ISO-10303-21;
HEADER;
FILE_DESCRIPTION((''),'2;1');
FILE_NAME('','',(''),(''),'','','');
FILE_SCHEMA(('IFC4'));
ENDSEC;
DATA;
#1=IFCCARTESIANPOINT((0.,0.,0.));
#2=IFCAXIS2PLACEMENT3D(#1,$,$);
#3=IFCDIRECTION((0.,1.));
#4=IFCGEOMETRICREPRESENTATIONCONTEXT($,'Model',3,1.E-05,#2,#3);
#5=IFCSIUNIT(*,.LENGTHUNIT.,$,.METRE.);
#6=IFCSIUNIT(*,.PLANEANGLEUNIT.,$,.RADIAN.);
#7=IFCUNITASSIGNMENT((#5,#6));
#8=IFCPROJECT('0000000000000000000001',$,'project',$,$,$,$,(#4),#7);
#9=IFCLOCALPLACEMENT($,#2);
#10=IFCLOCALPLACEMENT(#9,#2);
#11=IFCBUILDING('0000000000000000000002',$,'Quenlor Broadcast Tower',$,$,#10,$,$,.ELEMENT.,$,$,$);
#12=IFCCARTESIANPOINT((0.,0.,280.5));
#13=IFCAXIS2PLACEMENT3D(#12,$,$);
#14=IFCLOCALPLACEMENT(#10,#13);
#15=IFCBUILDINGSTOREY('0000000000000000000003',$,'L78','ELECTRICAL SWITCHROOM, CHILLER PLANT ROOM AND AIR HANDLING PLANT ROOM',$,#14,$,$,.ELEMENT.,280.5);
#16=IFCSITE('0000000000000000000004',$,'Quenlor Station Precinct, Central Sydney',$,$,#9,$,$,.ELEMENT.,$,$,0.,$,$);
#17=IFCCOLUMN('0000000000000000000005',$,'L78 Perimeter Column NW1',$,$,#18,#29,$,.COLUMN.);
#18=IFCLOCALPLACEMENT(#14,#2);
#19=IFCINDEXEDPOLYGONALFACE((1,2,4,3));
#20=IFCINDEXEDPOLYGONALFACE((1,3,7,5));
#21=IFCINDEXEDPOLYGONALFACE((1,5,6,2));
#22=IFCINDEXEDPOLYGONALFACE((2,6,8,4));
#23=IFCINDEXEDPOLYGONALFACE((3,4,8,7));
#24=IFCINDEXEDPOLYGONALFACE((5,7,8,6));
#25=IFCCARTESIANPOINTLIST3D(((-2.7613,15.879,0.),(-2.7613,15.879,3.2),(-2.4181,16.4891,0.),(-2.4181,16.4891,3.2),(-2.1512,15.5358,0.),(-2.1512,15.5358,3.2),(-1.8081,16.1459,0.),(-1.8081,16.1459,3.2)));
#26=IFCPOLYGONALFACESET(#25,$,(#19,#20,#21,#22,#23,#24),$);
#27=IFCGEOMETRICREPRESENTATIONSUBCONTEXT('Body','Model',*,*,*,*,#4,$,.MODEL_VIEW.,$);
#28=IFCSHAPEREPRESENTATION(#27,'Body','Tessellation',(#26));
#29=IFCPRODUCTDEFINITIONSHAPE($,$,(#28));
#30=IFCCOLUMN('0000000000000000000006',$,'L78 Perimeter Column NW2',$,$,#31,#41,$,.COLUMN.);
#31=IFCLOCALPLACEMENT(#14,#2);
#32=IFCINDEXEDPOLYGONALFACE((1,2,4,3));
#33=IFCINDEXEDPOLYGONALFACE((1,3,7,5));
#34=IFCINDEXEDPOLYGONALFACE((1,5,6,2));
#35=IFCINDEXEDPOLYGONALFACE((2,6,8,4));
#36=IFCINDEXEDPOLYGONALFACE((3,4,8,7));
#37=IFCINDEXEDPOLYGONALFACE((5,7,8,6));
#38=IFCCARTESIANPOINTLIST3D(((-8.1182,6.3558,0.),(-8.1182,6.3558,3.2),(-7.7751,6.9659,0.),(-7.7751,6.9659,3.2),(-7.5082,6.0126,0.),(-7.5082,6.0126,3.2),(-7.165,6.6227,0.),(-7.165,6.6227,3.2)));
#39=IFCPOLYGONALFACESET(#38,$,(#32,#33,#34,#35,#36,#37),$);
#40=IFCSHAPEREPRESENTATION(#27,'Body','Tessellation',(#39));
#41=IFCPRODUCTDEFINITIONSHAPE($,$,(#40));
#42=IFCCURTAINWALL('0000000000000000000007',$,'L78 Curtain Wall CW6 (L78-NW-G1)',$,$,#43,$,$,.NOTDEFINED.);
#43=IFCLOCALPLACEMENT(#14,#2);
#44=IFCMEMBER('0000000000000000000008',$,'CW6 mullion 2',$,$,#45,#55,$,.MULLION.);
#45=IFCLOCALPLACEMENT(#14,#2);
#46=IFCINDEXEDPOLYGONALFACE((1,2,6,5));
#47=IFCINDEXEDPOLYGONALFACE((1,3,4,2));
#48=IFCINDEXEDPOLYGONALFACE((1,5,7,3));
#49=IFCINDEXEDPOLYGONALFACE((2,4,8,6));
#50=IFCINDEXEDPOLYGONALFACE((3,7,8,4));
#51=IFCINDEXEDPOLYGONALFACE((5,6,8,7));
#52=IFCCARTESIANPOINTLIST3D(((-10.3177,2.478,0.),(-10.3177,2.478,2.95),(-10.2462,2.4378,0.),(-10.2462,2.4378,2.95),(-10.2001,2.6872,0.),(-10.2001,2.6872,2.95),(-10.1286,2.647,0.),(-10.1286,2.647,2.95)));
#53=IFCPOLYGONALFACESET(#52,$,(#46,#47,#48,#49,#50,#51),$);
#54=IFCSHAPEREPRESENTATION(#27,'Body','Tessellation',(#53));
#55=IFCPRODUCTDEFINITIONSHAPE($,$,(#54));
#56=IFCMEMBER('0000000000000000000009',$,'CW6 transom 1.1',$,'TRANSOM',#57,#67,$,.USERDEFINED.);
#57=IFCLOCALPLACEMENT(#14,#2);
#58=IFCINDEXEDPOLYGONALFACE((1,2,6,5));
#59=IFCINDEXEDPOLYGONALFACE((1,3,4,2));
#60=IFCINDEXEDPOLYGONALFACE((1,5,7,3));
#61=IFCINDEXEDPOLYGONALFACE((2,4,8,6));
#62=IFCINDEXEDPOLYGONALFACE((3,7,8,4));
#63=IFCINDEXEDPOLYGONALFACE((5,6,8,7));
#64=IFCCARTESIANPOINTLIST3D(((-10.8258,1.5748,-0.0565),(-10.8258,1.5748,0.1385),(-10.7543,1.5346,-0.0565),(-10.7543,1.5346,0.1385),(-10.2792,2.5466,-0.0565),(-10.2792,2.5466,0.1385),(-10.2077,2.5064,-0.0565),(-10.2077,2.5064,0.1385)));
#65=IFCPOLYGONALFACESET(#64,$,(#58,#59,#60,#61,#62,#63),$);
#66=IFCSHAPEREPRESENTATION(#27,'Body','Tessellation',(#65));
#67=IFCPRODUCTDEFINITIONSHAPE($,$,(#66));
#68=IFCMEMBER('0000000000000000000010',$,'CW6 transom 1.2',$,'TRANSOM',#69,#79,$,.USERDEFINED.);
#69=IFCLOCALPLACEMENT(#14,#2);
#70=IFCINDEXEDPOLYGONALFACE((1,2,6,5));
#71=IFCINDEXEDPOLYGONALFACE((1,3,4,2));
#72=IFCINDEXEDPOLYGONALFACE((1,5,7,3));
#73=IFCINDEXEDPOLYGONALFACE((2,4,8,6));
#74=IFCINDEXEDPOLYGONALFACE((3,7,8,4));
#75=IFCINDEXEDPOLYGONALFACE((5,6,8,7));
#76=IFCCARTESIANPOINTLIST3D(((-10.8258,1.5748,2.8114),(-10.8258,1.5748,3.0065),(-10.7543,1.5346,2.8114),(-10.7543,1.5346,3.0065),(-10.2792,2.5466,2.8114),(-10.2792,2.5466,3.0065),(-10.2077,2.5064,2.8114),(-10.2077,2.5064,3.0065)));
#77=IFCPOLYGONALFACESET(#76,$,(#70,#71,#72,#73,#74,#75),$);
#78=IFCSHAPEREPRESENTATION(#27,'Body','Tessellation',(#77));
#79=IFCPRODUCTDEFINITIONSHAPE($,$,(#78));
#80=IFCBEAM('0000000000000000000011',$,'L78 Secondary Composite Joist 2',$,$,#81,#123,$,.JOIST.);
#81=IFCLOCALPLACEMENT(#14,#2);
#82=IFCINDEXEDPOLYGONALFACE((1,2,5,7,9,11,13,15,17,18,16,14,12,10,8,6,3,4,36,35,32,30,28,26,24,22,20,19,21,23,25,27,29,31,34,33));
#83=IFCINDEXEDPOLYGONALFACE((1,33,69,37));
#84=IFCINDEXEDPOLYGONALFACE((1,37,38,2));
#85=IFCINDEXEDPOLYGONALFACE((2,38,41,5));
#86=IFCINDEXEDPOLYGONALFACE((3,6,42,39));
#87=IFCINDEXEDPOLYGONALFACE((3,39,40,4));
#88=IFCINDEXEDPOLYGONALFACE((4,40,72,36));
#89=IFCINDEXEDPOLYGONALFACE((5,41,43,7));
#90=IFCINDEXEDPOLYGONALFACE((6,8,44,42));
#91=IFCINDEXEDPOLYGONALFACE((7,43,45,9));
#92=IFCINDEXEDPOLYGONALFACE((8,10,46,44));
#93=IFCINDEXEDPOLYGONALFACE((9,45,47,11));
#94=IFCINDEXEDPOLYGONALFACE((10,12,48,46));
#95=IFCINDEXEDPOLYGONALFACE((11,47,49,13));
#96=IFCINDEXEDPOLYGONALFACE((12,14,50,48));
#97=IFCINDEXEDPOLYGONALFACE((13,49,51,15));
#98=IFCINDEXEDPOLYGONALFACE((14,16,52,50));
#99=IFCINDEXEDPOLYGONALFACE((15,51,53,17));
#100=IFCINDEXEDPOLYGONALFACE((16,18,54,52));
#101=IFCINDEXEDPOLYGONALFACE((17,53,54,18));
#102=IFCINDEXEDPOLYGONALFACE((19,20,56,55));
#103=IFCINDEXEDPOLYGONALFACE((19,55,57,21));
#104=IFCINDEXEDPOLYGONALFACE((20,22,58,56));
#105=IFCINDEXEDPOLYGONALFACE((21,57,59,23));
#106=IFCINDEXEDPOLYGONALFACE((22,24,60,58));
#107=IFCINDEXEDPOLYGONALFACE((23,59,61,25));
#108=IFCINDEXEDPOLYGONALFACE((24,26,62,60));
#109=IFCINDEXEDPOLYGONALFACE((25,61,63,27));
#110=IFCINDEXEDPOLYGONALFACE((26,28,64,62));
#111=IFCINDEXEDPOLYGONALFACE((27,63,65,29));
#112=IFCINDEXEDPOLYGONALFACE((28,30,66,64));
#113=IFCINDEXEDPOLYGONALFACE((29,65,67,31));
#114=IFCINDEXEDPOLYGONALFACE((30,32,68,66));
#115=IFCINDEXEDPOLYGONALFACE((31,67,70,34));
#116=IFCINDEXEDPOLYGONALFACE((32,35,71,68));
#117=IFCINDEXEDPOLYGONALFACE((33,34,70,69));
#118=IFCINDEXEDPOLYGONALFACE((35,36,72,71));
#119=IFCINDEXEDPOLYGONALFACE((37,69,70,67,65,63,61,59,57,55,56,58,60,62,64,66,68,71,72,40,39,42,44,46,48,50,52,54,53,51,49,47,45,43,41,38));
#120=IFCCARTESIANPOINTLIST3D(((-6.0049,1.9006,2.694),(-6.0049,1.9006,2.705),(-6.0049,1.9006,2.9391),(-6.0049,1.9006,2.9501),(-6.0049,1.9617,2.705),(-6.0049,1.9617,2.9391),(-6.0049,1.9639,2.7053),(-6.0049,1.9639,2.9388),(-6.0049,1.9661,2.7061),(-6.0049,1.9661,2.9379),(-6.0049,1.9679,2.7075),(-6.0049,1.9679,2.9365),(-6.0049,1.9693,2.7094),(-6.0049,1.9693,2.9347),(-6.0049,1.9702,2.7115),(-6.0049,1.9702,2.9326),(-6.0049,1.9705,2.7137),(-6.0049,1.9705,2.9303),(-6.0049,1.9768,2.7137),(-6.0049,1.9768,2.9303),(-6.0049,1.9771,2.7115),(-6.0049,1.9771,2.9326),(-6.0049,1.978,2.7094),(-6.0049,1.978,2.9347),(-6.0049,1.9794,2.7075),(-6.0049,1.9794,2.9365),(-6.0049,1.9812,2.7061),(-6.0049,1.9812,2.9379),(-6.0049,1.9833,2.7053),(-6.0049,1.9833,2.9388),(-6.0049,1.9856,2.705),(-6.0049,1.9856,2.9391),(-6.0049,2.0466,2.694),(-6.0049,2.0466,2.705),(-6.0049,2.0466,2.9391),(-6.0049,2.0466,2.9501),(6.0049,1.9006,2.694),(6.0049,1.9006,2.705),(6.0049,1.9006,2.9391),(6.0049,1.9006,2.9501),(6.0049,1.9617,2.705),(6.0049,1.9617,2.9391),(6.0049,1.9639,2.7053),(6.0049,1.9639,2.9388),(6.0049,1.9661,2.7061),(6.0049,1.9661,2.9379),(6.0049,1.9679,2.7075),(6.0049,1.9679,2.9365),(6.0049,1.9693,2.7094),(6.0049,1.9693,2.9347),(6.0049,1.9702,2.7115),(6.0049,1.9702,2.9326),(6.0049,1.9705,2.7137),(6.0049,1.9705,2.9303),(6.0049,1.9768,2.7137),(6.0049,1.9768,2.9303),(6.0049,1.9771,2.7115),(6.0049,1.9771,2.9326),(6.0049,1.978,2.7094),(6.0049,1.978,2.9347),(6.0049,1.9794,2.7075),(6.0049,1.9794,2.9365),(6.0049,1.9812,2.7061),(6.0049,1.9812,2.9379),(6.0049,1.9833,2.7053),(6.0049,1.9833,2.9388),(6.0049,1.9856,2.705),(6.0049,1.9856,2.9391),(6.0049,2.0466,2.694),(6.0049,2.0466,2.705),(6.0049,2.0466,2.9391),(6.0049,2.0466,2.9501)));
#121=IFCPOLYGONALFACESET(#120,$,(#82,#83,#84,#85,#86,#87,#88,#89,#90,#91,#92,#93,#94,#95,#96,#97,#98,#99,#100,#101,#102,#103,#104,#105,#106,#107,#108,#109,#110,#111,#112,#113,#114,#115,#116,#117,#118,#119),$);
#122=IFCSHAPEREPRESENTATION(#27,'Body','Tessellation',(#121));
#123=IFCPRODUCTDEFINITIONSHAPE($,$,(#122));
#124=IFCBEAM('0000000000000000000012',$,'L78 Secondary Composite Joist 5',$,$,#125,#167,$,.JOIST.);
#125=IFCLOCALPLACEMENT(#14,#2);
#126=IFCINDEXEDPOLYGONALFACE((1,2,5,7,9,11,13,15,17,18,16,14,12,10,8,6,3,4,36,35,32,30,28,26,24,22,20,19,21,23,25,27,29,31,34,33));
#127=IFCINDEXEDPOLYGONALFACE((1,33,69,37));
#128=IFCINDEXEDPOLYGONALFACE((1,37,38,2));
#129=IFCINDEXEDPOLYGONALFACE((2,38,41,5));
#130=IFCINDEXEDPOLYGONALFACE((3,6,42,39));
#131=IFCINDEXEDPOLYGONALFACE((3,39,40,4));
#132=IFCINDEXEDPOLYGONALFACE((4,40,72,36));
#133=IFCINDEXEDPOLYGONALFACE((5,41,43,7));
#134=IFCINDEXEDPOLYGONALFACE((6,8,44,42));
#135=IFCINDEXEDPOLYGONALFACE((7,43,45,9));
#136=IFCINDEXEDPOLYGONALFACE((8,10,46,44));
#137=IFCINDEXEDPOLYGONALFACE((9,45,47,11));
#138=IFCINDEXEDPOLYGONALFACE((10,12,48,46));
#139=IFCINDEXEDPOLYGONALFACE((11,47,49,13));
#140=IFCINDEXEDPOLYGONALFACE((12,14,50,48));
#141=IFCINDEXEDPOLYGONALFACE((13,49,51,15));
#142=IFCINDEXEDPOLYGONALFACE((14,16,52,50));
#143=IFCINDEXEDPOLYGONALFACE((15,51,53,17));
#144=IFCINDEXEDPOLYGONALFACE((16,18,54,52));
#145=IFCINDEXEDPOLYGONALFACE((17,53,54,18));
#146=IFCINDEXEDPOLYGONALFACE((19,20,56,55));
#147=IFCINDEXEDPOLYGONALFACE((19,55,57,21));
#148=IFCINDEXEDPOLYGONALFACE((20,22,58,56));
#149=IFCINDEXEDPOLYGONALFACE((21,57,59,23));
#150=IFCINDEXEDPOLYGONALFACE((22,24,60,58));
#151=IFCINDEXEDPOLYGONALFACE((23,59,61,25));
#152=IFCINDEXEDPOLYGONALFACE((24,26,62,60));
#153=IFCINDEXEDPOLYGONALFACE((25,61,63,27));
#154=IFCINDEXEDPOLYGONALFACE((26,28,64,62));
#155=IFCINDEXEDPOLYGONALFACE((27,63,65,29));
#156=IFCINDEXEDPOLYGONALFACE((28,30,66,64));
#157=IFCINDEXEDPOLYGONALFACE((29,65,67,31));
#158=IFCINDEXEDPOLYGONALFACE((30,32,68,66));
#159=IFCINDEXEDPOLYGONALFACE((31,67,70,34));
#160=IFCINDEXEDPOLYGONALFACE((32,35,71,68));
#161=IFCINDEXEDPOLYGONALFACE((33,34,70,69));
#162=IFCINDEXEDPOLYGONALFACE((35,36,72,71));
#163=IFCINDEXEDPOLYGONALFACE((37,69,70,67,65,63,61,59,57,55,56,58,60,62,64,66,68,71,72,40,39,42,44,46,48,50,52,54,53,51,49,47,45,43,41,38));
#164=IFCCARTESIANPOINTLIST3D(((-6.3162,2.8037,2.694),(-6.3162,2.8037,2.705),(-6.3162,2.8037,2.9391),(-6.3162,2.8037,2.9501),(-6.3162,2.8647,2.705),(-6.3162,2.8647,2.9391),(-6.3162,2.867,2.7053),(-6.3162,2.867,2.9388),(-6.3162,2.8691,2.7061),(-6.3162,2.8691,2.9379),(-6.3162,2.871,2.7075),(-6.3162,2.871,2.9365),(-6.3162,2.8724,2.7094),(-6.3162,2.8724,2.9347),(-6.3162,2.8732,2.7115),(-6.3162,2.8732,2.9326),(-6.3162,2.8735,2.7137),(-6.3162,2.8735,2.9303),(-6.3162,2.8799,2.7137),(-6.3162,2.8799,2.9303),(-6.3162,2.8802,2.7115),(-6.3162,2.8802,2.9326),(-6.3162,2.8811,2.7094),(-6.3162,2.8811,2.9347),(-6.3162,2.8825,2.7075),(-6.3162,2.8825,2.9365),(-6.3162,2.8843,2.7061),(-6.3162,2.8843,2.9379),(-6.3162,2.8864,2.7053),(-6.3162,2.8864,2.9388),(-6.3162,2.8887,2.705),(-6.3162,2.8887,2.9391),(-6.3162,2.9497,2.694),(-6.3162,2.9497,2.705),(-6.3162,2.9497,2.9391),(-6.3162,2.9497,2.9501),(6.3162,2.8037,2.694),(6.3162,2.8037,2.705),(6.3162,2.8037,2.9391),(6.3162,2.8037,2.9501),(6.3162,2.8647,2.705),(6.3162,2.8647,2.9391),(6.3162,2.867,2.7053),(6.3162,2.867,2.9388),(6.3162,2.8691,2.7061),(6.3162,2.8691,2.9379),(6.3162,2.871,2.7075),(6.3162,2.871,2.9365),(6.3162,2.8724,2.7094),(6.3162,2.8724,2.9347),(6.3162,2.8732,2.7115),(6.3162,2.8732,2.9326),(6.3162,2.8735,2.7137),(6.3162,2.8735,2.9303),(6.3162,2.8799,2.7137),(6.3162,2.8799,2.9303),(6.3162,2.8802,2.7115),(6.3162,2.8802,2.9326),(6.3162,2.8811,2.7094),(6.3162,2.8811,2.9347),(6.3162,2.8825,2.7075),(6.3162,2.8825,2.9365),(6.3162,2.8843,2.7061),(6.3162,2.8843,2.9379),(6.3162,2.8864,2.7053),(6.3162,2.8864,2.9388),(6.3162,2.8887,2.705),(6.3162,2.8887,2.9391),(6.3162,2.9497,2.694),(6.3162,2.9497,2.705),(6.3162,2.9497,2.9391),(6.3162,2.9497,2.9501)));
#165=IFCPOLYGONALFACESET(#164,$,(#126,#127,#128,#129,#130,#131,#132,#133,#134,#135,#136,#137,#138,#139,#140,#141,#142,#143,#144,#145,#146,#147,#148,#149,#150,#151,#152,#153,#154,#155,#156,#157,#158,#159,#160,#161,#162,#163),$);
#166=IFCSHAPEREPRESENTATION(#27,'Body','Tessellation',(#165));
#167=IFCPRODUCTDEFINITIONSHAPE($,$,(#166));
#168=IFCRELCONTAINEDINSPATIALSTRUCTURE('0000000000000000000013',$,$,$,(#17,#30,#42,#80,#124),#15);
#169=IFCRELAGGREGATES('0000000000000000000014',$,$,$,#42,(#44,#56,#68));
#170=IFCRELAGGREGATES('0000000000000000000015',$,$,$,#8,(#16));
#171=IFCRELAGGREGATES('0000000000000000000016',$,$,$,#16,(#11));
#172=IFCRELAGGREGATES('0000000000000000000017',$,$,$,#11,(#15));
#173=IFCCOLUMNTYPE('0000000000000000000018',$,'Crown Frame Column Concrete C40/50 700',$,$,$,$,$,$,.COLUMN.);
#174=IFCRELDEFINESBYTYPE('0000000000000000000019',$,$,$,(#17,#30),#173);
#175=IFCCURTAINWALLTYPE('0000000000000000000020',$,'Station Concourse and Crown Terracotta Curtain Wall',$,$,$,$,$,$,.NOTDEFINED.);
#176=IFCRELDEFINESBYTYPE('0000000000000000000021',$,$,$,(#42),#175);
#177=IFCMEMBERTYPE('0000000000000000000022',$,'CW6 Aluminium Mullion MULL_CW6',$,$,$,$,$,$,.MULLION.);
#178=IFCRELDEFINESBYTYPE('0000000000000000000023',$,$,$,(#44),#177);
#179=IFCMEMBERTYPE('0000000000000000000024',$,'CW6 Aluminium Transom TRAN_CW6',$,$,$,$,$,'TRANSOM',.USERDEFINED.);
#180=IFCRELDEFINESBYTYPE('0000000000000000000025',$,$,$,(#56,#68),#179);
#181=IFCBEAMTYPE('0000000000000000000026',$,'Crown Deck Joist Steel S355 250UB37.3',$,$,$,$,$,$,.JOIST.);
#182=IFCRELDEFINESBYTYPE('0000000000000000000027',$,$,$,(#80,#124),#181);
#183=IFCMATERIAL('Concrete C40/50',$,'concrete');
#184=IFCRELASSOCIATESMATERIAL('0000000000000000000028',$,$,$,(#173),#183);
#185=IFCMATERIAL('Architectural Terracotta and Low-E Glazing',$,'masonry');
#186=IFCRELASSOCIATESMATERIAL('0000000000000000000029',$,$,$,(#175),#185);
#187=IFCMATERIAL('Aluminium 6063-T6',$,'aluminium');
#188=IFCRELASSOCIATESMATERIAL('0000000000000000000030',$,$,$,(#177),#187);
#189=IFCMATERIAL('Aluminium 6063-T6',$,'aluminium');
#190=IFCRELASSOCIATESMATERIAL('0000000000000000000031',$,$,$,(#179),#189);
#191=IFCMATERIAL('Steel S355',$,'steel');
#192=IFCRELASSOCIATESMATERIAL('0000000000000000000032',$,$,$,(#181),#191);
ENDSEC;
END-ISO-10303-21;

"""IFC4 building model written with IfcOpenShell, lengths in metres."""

from ifc_helpers import new_model, si_unit, direction, frame, origin, origin_2d, place, context, subcontext, project, spatial, rectangle, i_section, extrude, material, material_profile, profile_set, type_object, element, aggregate, save


model = new_model("IFC4")

# Units and contexts
model_context = context("Model", 3, precision=1e-05, world=origin(), true_north=direction((0.0, 1.0)))
body_context = subcontext(model_context, "Body", "Model", "MODEL_VIEW")
ifc_project = project(units=[si_unit("LENGTHUNIT", "METRE"), si_unit("PLANEANGLEUNIT", "RADIAN")], contexts=[model_context])

# Site, building, storey
site_placement = place(None, origin())
site = spatial("IfcSite", under=ifc_project, at=site_placement, Name="Quenlor Station Precinct, Central Sydney", CompositionType="ELEMENT", RefElevation=0.0)
building_placement = place(site_placement, origin())
building = spatial("IfcBuilding", under=site, at=building_placement, Name="Quenlor Broadcast Tower", CompositionType="ELEMENT")
storey_placement = place(building_placement, frame((0.0, 0.0, 280.5)))
storey = spatial("IfcBuildingStorey", under=building, at=storey_placement, Name="L78", Description="ELECTRICAL SWITCHROOM, CHILLER PLANT ROOM AND AIR HANDLING PLANT ROOM", CompositionType="ELEMENT", Elevation=280.5)

# Columns
ifc_material_1 = material(Name="Concrete C40/50", Category="concrete")
ifc_material_profile_1 = material_profile(ifc_material_1, rectangle(XDim=0.7, YDim=0.7, at=origin_2d()))
ifc_profile_set_1 = profile_set([ifc_material_profile_1], Name="Concrete C40/50 RC700x700")
column_type = type_object("IfcColumnType", Name="Crown Frame Column Concrete C40/50 700", PredefinedType="COLUMN", material=ifc_profile_set_1)
for number, where, z_axis, x_axis, name in (
    (1, (-2.2847, 16.0125, 0.0), (0.0, 0.0, 1.0), (-0.871575, 0.490262, 0.0), "L78 Perimeter Column NW1"),
    (2, (-7.6416, 6.4893, 0.0), (0.0, 0.0, 1.0), (-0.871575, 0.490262, 0.0), "L78 Perimeter Column NW2"),
):
    element("IfcColumn", number, at=place(storey_placement, frame(where, z_axis=z_axis, x_axis=x_axis)), inside=storey, type_object=column_type, Name=name, PredefinedType="COLUMN", context=body_context, shape_type="SweptSolid", body=[
        extrude(rectangle(XDim=0.7, YDim=0.7, at=origin_2d()), origin(), (0.0, 0.0, 1.0), 3.2),
    ])

# Curtain wall, members
ifc_material_2 = material(Name="Architectural Terracotta and Low-E Glazing", Category="masonry")
curtain_wall_type = type_object("IfcCurtainWallType", Name="Station Concourse and Crown Terracotta Curtain Wall", PredefinedType="NOTDEFINED", material=ifc_material_2)
curtain_wall_placement = place(storey_placement, origin())
curtain_wall = element("IfcCurtainWall", 3, at=curtain_wall_placement, inside=storey, type_object=curtain_wall_type, Name="L78 Curtain Wall CW6 (L78-NW-G1)", PredefinedType="NOTDEFINED")
ifc_material_3 = material(Name="Aluminium 6063-T6", Category="aluminium")
ifc_material_profile_2 = material_profile(ifc_material_3, rectangle(XDim=0.082, YDim=0.24, at=origin_2d()))
ifc_profile_set_2 = profile_set([ifc_material_profile_2], Name="Aluminium 6063-T6 MULL82x240")
member_type_1 = type_object("IfcMemberType", Name="CW6 Aluminium Mullion MULL_CW6", PredefinedType="MULLION", material=ifc_profile_set_2)
member_1_placement = place(storey_placement, frame((-10.2231, 2.5625, 0.0), z_axis=(0.0, 0.0, 1.0), x_axis=(-0.871553, 0.490302, 0.0)))
member_1 = element("IfcMember", 4, at=member_1_placement, type_object=member_type_1, Name="CW6 mullion 2", PredefinedType="MULLION", context=body_context, shape_type="SweptSolid", body=[
    extrude(rectangle(XDim=0.082, YDim=0.24, at=origin_2d()), origin(), (0.0, 0.0, 1.0), 2.95),
])
ifc_material_4 = material(Name="Aluminium 6063-T6", Category="aluminium")
ifc_material_profile_3 = material_profile(ifc_material_4, rectangle(XDim=0.082, YDim=0.1951, at=origin_2d()))
ifc_profile_set_3 = profile_set([ifc_material_profile_3], Name="Aluminium 6063-T6 TRAN82x195")
member_type_2 = type_object("IfcMemberType", Name="CW6 Aluminium Transom TRAN_CW6", ElementType="TRANSOM", PredefinedType="USERDEFINED", material=ifc_profile_set_3)
member_2_placement = place(storey_placement, frame((-10.79, 1.5547, 0.041), z_axis=(0.490209, 0.871605, 0.0), x_axis=(-0.871605, 0.490209, 0.0)))
member_2 = element("IfcMember", 5, at=member_2_placement, type_object=member_type_2, Name="CW6 transom 1.1", ObjectType="TRANSOM", PredefinedType="USERDEFINED", context=body_context, shape_type="SweptSolid", body=[
    extrude(rectangle(XDim=0.082, YDim=0.1951, at=origin_2d()), origin(), (0.0, 0.0, 1.0), 1.115),
])
member_3_placement = place(storey_placement, frame((-10.79, 1.5547, 2.9089), z_axis=(0.490209, 0.871605, 0.0), x_axis=(-0.871605, 0.490209, 0.0)))
member_3 = element("IfcMember", 6, at=member_3_placement, type_object=member_type_2, Name="CW6 transom 1.2", ObjectType="TRANSOM", PredefinedType="USERDEFINED", context=body_context, shape_type="SweptSolid", body=[
    extrude(rectangle(XDim=0.082, YDim=0.1951, at=origin_2d()), origin(), (0.0, 0.0, 1.0), 1.115),
])

# Beams
ifc_material_5 = material(Name="Steel S355", Category="steel")
ifc_material_profile_4 = material_profile(ifc_material_5, i_section(OverallWidth=0.146, OverallDepth=0.2561, WebThickness=0.0063, FlangeThickness=0.011, FilletRadius=0.0088, at=origin_2d()))
ifc_profile_set_4 = profile_set([ifc_material_profile_4], Name="Steel S355 250UB37.3")
beam_type_1 = type_object("IfcBeamType", Name="Crown Deck Joist Steel S355 250UB37.3", PredefinedType="JOIST", material=ifc_profile_set_4)
beam_1_placement = place(storey_placement, frame((-6.0049, 1.9736, 2.822), z_axis=(1.0, 0.0, 0.0), x_axis=(0.0, 1.0, 0.0)))
element("IfcBeam", 7, at=beam_1_placement, inside=storey, type_object=beam_type_1, Name="L78 Secondary Composite Joist 2", PredefinedType="JOIST", context=body_context, shape_type="SweptSolid", body=[
    extrude(i_section(OverallWidth=0.146, OverallDepth=0.2561, WebThickness=0.0063, FlangeThickness=0.011, FilletRadius=0.0088, at=origin_2d()), origin(), (0.0, 0.0, 1.0), 12.0098),
])
beam_2_placement = place(storey_placement, frame((-6.3162, 2.8767, 2.822), z_axis=(1.0, 0.0, 0.0), x_axis=(0.0, 1.0, 0.0)))
element("IfcBeam", 8, at=beam_2_placement, inside=storey, type_object=beam_type_1, Name="L78 Secondary Composite Joist 5", PredefinedType="JOIST", context=body_context, shape_type="SweptSolid", body=[
    extrude(i_section(OverallWidth=0.146, OverallDepth=0.2561, WebThickness=0.0063, FlangeThickness=0.011, FilletRadius=0.0088, at=origin_2d()), origin(), (0.0, 0.0, 1.0), 12.6323),
])

aggregate(curtain_wall, [member_1, member_2, member_3])

save(model, "model.ifc")
